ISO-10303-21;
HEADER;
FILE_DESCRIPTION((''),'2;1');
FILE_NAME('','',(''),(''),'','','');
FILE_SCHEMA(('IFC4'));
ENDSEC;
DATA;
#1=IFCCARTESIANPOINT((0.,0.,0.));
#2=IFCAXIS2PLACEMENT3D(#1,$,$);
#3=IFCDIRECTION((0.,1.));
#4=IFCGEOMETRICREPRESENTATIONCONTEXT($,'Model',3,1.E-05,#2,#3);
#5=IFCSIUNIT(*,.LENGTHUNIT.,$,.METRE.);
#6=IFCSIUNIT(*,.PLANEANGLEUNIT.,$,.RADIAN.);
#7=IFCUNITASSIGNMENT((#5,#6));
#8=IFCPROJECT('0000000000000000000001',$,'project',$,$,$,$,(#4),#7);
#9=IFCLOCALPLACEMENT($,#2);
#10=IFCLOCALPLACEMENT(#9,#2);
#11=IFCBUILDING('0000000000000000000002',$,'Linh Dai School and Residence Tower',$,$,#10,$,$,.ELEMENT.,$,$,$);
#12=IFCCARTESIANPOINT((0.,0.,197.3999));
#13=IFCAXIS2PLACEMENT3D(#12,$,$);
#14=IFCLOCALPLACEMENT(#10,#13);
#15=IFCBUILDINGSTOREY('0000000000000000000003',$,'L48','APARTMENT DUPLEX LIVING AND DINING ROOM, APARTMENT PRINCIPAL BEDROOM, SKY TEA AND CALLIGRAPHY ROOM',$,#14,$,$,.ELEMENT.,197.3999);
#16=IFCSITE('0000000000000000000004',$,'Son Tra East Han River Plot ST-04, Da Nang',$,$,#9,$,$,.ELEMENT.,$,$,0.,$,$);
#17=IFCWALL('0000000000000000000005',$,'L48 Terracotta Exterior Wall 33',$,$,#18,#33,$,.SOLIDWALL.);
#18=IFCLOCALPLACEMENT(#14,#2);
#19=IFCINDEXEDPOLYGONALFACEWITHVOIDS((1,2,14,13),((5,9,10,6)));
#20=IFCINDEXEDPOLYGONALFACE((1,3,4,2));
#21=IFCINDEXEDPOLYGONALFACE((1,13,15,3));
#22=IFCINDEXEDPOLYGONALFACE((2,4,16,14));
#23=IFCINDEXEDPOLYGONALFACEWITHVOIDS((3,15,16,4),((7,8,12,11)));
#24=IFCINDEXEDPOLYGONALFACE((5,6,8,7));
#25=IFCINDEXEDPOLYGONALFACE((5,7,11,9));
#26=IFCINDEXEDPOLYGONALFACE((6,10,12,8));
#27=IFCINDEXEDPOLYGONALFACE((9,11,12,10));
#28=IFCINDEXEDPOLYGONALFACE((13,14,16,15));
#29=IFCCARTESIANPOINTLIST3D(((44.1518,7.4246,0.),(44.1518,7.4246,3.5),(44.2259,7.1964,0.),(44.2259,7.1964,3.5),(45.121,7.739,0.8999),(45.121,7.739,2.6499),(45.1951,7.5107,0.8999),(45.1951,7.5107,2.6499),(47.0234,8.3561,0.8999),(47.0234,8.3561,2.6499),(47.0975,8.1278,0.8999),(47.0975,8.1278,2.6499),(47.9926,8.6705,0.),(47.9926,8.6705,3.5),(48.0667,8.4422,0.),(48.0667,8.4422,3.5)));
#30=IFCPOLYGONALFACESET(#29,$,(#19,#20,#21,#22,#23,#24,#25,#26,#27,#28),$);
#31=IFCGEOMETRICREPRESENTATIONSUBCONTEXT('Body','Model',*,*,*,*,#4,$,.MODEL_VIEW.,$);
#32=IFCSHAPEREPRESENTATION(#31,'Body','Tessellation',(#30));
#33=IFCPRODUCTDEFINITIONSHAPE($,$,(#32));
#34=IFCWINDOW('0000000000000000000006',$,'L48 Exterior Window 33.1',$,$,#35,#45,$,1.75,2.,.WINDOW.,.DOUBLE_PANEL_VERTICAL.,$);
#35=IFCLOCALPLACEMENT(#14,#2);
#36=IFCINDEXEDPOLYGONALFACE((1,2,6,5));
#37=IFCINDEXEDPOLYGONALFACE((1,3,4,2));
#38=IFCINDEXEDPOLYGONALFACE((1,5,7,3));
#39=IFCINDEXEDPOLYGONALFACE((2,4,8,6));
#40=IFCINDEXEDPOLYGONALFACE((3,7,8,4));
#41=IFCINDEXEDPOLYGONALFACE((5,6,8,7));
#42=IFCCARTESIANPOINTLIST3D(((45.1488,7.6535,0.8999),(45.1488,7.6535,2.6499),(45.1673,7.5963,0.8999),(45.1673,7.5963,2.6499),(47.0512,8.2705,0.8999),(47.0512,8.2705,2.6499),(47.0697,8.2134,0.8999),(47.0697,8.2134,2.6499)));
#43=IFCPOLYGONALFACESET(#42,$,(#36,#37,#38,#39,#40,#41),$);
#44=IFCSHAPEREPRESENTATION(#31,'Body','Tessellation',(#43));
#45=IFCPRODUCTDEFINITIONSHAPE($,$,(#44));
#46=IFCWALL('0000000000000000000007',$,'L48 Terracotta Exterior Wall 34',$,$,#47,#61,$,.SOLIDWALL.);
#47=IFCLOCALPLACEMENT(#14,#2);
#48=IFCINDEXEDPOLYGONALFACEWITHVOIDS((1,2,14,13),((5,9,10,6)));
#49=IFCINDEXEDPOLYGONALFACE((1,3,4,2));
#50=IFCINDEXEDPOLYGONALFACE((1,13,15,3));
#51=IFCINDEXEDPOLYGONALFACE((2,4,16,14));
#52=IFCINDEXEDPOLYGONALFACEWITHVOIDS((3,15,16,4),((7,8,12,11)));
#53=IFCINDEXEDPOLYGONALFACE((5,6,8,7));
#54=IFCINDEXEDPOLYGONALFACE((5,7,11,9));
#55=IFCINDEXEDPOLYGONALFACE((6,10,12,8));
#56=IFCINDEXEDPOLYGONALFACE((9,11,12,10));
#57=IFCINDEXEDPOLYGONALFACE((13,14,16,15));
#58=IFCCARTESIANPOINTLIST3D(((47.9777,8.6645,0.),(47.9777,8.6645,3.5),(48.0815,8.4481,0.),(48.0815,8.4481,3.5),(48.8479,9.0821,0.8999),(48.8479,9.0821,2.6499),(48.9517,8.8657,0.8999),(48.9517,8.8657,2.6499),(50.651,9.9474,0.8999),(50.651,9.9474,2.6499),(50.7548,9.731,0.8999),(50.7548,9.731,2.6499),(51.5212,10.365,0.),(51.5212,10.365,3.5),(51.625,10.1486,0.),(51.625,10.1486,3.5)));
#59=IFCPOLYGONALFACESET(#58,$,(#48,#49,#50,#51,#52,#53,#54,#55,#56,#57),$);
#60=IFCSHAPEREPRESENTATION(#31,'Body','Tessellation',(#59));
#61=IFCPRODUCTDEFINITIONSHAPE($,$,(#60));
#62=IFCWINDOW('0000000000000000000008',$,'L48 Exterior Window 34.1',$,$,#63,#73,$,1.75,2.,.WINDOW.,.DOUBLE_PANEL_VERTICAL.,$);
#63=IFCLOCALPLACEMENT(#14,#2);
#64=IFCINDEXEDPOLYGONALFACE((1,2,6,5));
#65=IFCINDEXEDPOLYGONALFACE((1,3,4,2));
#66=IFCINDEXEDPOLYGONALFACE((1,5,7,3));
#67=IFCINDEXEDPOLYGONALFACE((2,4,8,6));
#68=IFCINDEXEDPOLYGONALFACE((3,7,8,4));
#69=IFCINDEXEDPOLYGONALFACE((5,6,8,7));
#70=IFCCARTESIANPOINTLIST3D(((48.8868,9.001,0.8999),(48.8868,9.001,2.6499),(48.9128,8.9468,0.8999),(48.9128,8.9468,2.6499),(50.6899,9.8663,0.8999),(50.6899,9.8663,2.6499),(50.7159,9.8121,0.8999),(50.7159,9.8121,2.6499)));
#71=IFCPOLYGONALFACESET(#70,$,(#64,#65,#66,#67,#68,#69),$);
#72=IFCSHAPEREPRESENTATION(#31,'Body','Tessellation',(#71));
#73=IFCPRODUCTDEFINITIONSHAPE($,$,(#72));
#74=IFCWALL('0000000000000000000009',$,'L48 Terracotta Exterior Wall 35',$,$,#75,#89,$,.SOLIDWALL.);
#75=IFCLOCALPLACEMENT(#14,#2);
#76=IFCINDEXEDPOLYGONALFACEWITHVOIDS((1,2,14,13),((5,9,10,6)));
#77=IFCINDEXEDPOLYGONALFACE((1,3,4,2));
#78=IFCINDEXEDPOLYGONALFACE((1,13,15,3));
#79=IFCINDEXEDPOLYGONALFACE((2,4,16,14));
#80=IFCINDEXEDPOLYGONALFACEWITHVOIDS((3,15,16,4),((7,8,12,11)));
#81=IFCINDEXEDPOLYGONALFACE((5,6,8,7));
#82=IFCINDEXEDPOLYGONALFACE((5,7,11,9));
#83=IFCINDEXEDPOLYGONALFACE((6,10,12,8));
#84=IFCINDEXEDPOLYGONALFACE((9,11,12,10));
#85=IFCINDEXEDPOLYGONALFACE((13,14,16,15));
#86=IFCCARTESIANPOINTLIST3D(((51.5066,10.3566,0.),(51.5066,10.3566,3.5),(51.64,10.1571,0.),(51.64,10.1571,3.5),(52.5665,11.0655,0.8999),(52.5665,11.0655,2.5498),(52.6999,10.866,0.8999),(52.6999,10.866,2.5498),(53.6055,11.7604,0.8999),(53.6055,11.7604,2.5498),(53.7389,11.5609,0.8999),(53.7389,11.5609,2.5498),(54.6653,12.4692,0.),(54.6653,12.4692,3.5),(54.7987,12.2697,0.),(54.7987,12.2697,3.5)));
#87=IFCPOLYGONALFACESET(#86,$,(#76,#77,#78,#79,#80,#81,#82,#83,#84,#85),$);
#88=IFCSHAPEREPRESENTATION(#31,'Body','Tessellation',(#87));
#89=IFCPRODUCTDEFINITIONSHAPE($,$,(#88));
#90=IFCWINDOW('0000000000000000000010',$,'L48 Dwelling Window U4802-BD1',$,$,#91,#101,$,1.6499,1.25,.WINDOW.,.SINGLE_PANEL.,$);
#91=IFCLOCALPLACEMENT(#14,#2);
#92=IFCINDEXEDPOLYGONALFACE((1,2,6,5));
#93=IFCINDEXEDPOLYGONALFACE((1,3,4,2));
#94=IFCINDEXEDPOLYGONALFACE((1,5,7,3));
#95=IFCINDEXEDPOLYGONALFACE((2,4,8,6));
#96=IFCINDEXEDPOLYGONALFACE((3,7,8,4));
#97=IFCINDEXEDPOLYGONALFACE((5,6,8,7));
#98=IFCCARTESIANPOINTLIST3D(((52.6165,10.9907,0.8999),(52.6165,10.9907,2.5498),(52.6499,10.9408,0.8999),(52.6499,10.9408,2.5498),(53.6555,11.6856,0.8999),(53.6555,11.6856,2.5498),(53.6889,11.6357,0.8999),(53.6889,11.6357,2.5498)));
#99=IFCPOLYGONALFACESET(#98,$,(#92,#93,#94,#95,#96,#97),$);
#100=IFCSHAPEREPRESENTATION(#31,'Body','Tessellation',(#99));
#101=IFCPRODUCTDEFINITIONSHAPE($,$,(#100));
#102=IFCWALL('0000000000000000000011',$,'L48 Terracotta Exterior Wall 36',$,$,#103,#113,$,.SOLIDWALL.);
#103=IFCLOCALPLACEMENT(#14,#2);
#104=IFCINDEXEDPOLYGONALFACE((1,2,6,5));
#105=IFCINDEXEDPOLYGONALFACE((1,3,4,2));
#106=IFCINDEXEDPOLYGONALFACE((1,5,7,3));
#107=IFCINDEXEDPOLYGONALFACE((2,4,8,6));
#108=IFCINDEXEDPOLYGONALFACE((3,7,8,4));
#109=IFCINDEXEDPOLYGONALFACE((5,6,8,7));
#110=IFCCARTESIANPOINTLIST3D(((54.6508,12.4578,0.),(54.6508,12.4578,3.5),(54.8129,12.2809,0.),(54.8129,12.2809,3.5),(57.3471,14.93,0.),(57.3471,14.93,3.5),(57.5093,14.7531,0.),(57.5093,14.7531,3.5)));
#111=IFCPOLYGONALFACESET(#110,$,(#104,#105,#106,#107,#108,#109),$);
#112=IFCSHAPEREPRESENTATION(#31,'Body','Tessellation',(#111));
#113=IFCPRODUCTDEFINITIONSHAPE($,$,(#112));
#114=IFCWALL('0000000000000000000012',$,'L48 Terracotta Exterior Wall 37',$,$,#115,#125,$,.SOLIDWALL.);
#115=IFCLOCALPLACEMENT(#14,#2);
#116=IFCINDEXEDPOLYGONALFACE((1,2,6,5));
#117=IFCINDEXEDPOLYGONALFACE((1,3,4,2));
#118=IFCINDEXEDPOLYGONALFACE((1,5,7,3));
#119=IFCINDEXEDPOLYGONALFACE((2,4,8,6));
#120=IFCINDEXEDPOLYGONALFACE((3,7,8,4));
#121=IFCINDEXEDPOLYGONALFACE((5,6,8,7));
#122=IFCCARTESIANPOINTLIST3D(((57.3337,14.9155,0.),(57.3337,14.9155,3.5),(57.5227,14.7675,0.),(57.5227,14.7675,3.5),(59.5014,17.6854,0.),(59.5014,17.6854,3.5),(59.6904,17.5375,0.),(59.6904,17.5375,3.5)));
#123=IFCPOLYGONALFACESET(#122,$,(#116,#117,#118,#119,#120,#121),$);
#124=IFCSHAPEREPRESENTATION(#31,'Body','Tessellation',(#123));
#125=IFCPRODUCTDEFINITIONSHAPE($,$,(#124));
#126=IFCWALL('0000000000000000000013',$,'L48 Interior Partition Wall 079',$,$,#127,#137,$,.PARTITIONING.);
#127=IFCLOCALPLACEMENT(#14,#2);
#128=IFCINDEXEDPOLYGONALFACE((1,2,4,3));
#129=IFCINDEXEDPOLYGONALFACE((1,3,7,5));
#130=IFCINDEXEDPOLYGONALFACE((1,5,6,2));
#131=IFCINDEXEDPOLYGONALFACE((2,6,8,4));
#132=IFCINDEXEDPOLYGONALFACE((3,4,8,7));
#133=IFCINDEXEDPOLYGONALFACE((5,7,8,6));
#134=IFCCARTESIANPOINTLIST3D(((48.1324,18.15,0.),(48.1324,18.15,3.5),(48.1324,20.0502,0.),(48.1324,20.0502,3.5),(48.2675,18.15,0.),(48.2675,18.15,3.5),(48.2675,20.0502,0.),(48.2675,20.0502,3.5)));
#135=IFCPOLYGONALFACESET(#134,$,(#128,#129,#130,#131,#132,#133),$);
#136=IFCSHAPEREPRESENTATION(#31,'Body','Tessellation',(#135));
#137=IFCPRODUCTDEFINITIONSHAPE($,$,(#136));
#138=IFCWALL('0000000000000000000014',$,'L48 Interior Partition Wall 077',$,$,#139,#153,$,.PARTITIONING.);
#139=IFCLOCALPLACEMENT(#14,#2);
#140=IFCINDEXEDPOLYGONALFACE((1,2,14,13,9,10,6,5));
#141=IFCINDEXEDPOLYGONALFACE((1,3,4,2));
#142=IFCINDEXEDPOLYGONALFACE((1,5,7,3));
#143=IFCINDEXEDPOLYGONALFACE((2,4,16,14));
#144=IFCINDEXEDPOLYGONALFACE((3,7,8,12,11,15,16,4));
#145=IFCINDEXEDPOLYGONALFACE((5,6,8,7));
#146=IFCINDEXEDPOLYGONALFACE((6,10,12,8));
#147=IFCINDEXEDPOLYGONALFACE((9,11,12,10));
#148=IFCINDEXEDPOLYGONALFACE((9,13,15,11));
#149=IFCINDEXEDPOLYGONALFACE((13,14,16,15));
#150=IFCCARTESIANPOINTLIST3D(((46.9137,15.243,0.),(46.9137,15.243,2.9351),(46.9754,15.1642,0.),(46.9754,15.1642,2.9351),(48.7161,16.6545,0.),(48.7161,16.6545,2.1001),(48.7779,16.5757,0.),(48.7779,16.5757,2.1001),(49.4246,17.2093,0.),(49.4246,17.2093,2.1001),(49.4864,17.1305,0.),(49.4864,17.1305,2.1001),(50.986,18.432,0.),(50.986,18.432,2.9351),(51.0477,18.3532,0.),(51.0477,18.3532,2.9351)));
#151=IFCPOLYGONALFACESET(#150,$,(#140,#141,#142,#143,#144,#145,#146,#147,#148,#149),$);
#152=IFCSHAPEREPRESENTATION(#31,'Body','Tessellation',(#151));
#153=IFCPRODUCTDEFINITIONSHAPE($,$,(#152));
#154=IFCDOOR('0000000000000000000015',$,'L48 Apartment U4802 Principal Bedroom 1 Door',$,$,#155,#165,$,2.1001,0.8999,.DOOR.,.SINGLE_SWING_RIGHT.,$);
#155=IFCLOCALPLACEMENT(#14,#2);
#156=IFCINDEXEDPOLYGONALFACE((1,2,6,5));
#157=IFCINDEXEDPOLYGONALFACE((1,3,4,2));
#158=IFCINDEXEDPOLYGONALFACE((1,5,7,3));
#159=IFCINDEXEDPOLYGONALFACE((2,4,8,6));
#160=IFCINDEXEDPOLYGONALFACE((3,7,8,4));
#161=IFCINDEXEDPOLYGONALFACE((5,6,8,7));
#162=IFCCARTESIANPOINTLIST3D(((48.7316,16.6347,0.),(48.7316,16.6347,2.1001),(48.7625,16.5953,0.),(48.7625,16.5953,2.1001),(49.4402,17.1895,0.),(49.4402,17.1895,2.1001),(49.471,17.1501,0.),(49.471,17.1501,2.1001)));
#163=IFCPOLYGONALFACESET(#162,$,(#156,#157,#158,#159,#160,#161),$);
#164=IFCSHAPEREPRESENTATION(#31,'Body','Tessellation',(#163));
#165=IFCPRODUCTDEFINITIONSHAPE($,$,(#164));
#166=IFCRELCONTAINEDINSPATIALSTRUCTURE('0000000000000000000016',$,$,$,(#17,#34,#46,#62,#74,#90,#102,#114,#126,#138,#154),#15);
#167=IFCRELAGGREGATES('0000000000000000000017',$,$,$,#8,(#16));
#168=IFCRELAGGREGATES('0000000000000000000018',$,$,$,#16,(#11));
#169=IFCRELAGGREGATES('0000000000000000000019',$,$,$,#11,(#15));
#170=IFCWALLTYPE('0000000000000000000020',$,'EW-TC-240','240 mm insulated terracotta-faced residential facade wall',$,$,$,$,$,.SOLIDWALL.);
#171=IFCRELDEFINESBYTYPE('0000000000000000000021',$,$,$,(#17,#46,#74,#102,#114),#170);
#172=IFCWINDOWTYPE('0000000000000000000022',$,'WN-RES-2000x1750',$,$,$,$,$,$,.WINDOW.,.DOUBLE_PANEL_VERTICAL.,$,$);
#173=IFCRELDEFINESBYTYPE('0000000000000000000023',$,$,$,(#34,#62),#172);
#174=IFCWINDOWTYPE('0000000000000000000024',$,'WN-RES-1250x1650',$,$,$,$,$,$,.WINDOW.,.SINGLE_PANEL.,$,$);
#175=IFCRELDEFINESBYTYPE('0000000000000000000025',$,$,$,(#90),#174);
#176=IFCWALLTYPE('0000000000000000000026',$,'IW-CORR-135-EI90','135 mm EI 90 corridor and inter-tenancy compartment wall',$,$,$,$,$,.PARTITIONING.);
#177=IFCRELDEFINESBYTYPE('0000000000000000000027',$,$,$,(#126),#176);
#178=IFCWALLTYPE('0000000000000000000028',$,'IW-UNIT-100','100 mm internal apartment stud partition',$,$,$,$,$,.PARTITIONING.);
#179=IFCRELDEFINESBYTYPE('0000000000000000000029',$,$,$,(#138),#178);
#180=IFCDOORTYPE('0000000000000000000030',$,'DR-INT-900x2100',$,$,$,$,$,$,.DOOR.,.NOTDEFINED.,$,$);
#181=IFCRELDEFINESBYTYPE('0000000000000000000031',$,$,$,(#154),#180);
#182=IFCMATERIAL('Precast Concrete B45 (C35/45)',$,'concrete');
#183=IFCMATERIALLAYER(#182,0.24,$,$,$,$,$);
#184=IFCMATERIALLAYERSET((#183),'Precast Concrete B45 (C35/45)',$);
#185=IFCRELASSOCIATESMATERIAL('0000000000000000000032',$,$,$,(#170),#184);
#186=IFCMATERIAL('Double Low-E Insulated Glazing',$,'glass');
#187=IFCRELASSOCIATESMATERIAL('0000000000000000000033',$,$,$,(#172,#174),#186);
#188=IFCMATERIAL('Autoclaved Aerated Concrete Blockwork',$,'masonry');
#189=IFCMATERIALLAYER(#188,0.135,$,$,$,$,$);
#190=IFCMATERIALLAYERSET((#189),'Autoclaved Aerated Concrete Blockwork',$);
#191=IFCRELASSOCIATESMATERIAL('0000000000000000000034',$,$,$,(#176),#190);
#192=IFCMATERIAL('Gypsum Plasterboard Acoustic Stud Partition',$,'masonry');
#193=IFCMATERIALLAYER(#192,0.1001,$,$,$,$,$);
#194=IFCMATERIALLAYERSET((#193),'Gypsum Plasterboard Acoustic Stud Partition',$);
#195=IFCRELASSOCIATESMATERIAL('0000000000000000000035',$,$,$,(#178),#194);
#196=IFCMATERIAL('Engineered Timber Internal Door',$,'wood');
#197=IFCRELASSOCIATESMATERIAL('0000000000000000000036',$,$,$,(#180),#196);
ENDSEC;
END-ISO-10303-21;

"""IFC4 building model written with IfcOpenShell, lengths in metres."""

from ifc_helpers import new_model, si_unit, direction, frame, frame_2d, origin, origin_2d, place, context, subcontext, project, spatial, rectangle, extrude, source, transform, mapped, material, layer, layer_set, type_object, element, fill, save


model = new_model("IFC4")

# Units and contexts
model_context = context("Model", 3, precision=1e-05, world=origin(), true_north=direction((0.0, 1.0)))
body_context = subcontext(model_context, "Body", "Model", "MODEL_VIEW")
ifc_project = project(units=[si_unit("LENGTHUNIT", "METRE"), si_unit("PLANEANGLEUNIT", "RADIAN")], contexts=[model_context])

# Site, building, storey
site_placement = place(None, origin())
site = spatial("IfcSite", under=ifc_project, at=site_placement, Name="Son Tra East Han River Plot ST-04, Da Nang", CompositionType="ELEMENT", RefElevation=0.0)
building_placement = place(site_placement, origin())
building = spatial("IfcBuilding", under=site, at=building_placement, Name="Linh Dai School and Residence Tower", CompositionType="ELEMENT")
storey_placement = place(building_placement, frame((0.0, 0.0, 197.3999)))
storey = spatial("IfcBuildingStorey", under=building, at=storey_placement, Name="L48", Description="APARTMENT DUPLEX LIVING AND DINING ROOM, APARTMENT PRINCIPAL BEDROOM, SKY TEA AND CALLIGRAPHY ROOM", CompositionType="ELEMENT", Elevation=197.3999)

# Shared definitions
ifc_material_1 = material(Name="Precast Concrete B45 (C35/45)", Category="concrete")

# Walls, openings, windows
ifc_layer_1 = layer(ifc_material_1, 0.24)
ifc_layer_set_1 = layer_set([ifc_layer_1], Name="Precast Concrete B45 (C35/45)")
wall_type_1 = type_object("IfcWallType", Name="EW-TC-240", Description="240 mm insulated terracotta-faced residential facade wall", PredefinedType="SOLIDWALL", material=ifc_layer_set_1)
wall_1_placement = place(storey_placement, frame((48.0298, 8.5564, 0.0), z_axis=(0.0, 0.0, 1.0), x_axis=(-0.95121, -0.308545, 0.0)))
wall_1 = element("IfcWall", 1, at=wall_1_placement, inside=storey, type_object=wall_type_1, Name="L48 Terracotta Exterior Wall 33", PredefinedType="SOLIDWALL", context=body_context, shape_type="SweptSolid", body=[
    extrude(rectangle(XDim=4.0378, YDim=0.24, at=frame_2d((2.019, 0.0))), origin(), (0.0, 0.0, 1.0), 3.5),
])
opening_1_placement = place(wall_1_placement, frame((1.019, 0.0, 0.8999)))
opening_1 = element("IfcOpeningElement", 2, at=opening_1_placement, cuts=wall_1, PredefinedType="OPENING", context=body_context, shape_type="SweptSolid", body=[
    extrude(rectangle(XDim=2.0, YDim=1.75, at=origin_2d()), frame((1.0, 0.1299, 0.875), z_axis=(0.0, -1.0, 0.0), x_axis=(1.0, 0.0, 0.0)), (0.0, 0.0, 1.0), 0.26),
])
ifc_material_2 = material(Name="Double Low-E Insulated Glazing", Category="glass")
window_type_1 = type_object("IfcWindowType", Name="WN-RES-2000x1750", PartitioningType="DOUBLE_PANEL_VERTICAL", PredefinedType="WINDOW", material=ifc_material_2)
shared_shape_1 = source(origin(), body_context, "Body", "SweptSolid", [
    extrude(rectangle(XDim=2.0, YDim=1.75, at=origin_2d()), frame((1.0, 0.03, 0.875), z_axis=(0.0, -1.0, 0.0), x_axis=(1.0, 0.0, 0.0)), (0.0, 0.0, 1.0), 0.0601),
])
window_1_placement = place(opening_1_placement, origin())
window_1 = element("IfcWindow", 3, at=window_1_placement, inside=storey, type_object=window_type_1, Name="L48 Exterior Window 33.1", OverallHeight=1.75, OverallWidth=2.0, PartitioningType="DOUBLE_PANEL_VERTICAL", PredefinedType="WINDOW", context=body_context, shape_type="MappedRepresentation", body=[
    mapped(shared_shape_1, transform((0.0, 0.0, 0.0), x_axis=(1.0, 0.0, 0.0), y_axis=(0.0, 1.0, 0.0), z_axis=(0.0, 0.0, 1.0), scale=1.0)),
])
fill(opening_1, window_1)
wall_2_placement = place(storey_placement, frame((51.5732, 10.2568, 0.0), z_axis=(0.0, 0.0, 1.0), x_axis=(-0.901565, -0.432644, 0.0)))
wall_2 = element("IfcWall", 4, at=wall_2_placement, inside=storey, type_object=wall_type_1, Name="L48 Terracotta Exterior Wall 34", PredefinedType="SOLIDWALL", context=body_context, shape_type="SweptSolid", body=[
    extrude(rectangle(XDim=3.9304, YDim=0.24, at=frame_2d((1.9653, 0.0))), origin(), (0.0, 0.0, 1.0), 3.5),
])
opening_2_placement = place(wall_2_placement, frame((0.9653, 0.0, 0.8999)))
opening_2 = element("IfcOpeningElement", 5, at=opening_2_placement, cuts=wall_2, PredefinedType="OPENING", context=body_context, shape_type="SweptSolid", body=[
    extrude(rectangle(XDim=2.0, YDim=1.75, at=origin_2d()), frame((1.0, 0.1299, 0.875), z_axis=(0.0, -1.0, 0.0), x_axis=(1.0, 0.0, 0.0)), (0.0, 0.0, 1.0), 0.26),
])
window_2_placement = place(opening_2_placement, origin())
window_2 = element("IfcWindow", 6, at=window_2_placement, inside=storey, type_object=window_type_1, Name="L48 Exterior Window 34.1", OverallHeight=1.75, OverallWidth=2.0, PartitioningType="DOUBLE_PANEL_VERTICAL", PredefinedType="WINDOW", context=body_context, shape_type="MappedRepresentation", body=[
    mapped(shared_shape_1, transform((0.0, 0.0, 0.0), x_axis=(1.0, 0.0, 0.0), y_axis=(0.0, 1.0, 0.0), z_axis=(0.0, 0.0, 1.0), scale=1.0)),
])
fill(opening_2, window_2)
wall_3_placement = place(storey_placement, frame((54.7319, 12.3694, 0.0), z_axis=(0.0, 0.0, 1.0), x_axis=(-0.831229, -0.55593, 0.0)))
wall_3 = element("IfcWall", 7, at=wall_3_placement, inside=storey, type_object=wall_type_1, Name="L48 Terracotta Exterior Wall 35", PredefinedType="SOLIDWALL", context=body_context, shape_type="SweptSolid", body=[
    extrude(rectangle(XDim=3.8, YDim=0.24, at=frame_2d((1.8999, 0.0))), origin(), (0.0, 0.0, 1.0), 3.5),
])
opening_3_placement = place(wall_3_placement, frame((1.2749, 0.0, 0.8999)))
opening_3 = element("IfcOpeningElement", 8, at=opening_3_placement, cuts=wall_3, PredefinedType="OPENING", context=body_context, shape_type="SweptSolid", body=[
    extrude(rectangle(XDim=1.25, YDim=1.6499, at=origin_2d()), frame((0.625, 0.1299, 0.825), z_axis=(0.0, -1.0, 0.0), x_axis=(1.0, 0.0, 0.0)), (0.0, 0.0, 1.0), 0.26),
])
window_type_2 = type_object("IfcWindowType", Name="WN-RES-1250x1650", PartitioningType="SINGLE_PANEL", PredefinedType="WINDOW", material=ifc_material_2)
shared_shape_2 = source(origin(), body_context, "Body", "SweptSolid", [
    extrude(rectangle(XDim=1.25, YDim=1.6499, at=origin_2d()), frame((0.625, 0.03, 0.825), z_axis=(0.0, -1.0, 0.0), x_axis=(1.0, 0.0, 0.0)), (0.0, 0.0, 1.0), 0.0601),
])
window_3_placement = place(opening_3_placement, origin())
window_3 = element("IfcWindow", 9, at=window_3_placement, inside=storey, type_object=window_type_2, Name="L48 Dwelling Window U4802-BD1", OverallHeight=1.6499, OverallWidth=1.25, PartitioningType="SINGLE_PANEL", PredefinedType="WINDOW", context=body_context, shape_type="MappedRepresentation", body=[
    mapped(shared_shape_2, transform((0.0, 0.0, 0.0), x_axis=(1.0, 0.0, 0.0), y_axis=(0.0, 1.0, 0.0), z_axis=(0.0, 0.0, 1.0), scale=1.0)),
])
fill(opening_3, window_3)

# Walls
wall_4_placement = place(storey_placement, frame((57.4282, 14.8416, 0.0), z_axis=(0.0, 0.0, 1.0), x_axis=(-0.737077, -0.675809, 0.0)))
element("IfcWall", 10, at=wall_4_placement, inside=storey, type_object=wall_type_1, Name="L48 Terracotta Exterior Wall 36", PredefinedType="SOLIDWALL", context=body_context, shape_type="SweptSolid", body=[
    extrude(rectangle(XDim=3.6582, YDim=0.24, at=frame_2d((1.8291, 0.0))), origin(), (0.0, 0.0, 1.0), 3.5),
])
wall_5_placement = place(storey_placement, frame((59.5959, 17.6116, 0.0), z_axis=(0.0, 0.0, 1.0), x_axis=(-0.616288, -0.787521, 0.0)))
element("IfcWall", 11, at=wall_5_placement, inside=storey, type_object=wall_type_1, Name="L48 Terracotta Exterior Wall 37", PredefinedType="SOLIDWALL", context=body_context, shape_type="SweptSolid", body=[
    extrude(rectangle(XDim=3.5173, YDim=0.24, at=frame_2d((1.7588, 0.0))), origin(), (0.0, 0.0, 1.0), 3.5),
])
ifc_material_3 = material(Name="Autoclaved Aerated Concrete Blockwork", Category="masonry")
ifc_layer_2 = layer(ifc_material_3, 0.135)
ifc_layer_set_2 = layer_set([ifc_layer_2], Name="Autoclaved Aerated Concrete Blockwork")
wall_type_2 = type_object("IfcWallType", Name="IW-CORR-135-EI90", Description="135 mm EI 90 corridor and inter-tenancy compartment wall", PredefinedType="PARTITIONING", material=ifc_layer_set_2)
wall_6_placement = place(storey_placement, frame((48.2, 18.1499, 0.0), z_axis=(0.0, 0.0, 1.0), x_axis=(0.0, 1.0, 0.0)))
element("IfcWall", 12, at=wall_6_placement, inside=storey, type_object=wall_type_2, Name="L48 Interior Partition Wall 079", PredefinedType="PARTITIONING", context=body_context, shape_type="SweptSolid", body=[
    extrude(rectangle(XDim=1.9001, YDim=0.135, at=frame_2d((0.9502, 0.0))), origin(), (0.0, 0.0, 1.0), 3.5),
])

# Wall, opening, door
ifc_material_4 = material(Name="Gypsum Plasterboard Acoustic Stud Partition", Category="masonry")
ifc_layer_3 = layer(ifc_material_4, 0.1001)
ifc_layer_set_3 = layer_set([ifc_layer_3], Name="Gypsum Plasterboard Acoustic Stud Partition")
wall_type_3 = type_object("IfcWallType", Name="IW-UNIT-100", Description="100 mm internal apartment stud partition", PredefinedType="PARTITIONING", material=ifc_layer_set_3)
wall_7_placement = place(storey_placement, frame((46.9446, 15.2036, 0.0), z_axis=(0.0, 0.0, 1.0), x_axis=(0.78732, 0.616545, 0.0)))
wall_7 = element("IfcWall", 13, at=wall_7_placement, inside=storey, type_object=wall_type_3, Name="L48 Interior Partition Wall 077", PredefinedType="PARTITIONING", context=body_context, shape_type="SweptSolid", body=[
    extrude(rectangle(XDim=5.1724, YDim=0.1001, at=frame_2d((2.5862, 0.0))), origin(), (0.0, 0.0, 1.0), 2.9351),
])
opening_4_placement = place(wall_7_placement, frame((2.2893, 0.0, 0.0)))
opening_4 = element("IfcOpeningElement", 14, at=opening_4_placement, cuts=wall_7, PredefinedType="OPENING", context=body_context, shape_type="SweptSolid", body=[
    extrude(rectangle(XDim=0.8999, YDim=2.1001, at=origin_2d()), frame((0.45, 0.0601, 1.05), z_axis=(0.0, -1.0, 0.0), x_axis=(1.0, 0.0, 0.0)), (0.0, 0.0, 1.0), 0.1201),
])
ifc_material_5 = material(Name="Engineered Timber Internal Door", Category="wood")
door_type = type_object("IfcDoorType", Name="DR-INT-900x2100", OperationType="NOTDEFINED", PredefinedType="DOOR", material=ifc_material_5)
shared_shape_3 = source(origin(), body_context, "Body", "SweptSolid", [
    extrude(rectangle(XDim=0.8999, YDim=2.1001, at=origin_2d()), frame((0.45, 0.0249, 1.05), z_axis=(0.0, -1.0, 0.0), x_axis=(1.0, 0.0, 0.0)), (0.0, 0.0, 1.0), 0.05),
])
door_1_placement = place(opening_4_placement, origin())
door_1 = element("IfcDoor", 15, at=door_1_placement, inside=storey, type_object=door_type, Name="L48 Apartment U4802 Principal Bedroom 1 Door", OperationType="SINGLE_SWING_RIGHT", OverallHeight=2.1001, OverallWidth=0.8999, PredefinedType="DOOR", context=body_context, shape_type="MappedRepresentation", body=[
    mapped(shared_shape_3, transform((0.0, 0.0, 0.0), x_axis=(1.0, 0.0, 0.0), y_axis=(0.0, 1.0, 0.0), z_axis=(0.0, 0.0, 1.0), scale=1.0)),
])
fill(opening_4, door_1)

save(model, "model.ifc")
